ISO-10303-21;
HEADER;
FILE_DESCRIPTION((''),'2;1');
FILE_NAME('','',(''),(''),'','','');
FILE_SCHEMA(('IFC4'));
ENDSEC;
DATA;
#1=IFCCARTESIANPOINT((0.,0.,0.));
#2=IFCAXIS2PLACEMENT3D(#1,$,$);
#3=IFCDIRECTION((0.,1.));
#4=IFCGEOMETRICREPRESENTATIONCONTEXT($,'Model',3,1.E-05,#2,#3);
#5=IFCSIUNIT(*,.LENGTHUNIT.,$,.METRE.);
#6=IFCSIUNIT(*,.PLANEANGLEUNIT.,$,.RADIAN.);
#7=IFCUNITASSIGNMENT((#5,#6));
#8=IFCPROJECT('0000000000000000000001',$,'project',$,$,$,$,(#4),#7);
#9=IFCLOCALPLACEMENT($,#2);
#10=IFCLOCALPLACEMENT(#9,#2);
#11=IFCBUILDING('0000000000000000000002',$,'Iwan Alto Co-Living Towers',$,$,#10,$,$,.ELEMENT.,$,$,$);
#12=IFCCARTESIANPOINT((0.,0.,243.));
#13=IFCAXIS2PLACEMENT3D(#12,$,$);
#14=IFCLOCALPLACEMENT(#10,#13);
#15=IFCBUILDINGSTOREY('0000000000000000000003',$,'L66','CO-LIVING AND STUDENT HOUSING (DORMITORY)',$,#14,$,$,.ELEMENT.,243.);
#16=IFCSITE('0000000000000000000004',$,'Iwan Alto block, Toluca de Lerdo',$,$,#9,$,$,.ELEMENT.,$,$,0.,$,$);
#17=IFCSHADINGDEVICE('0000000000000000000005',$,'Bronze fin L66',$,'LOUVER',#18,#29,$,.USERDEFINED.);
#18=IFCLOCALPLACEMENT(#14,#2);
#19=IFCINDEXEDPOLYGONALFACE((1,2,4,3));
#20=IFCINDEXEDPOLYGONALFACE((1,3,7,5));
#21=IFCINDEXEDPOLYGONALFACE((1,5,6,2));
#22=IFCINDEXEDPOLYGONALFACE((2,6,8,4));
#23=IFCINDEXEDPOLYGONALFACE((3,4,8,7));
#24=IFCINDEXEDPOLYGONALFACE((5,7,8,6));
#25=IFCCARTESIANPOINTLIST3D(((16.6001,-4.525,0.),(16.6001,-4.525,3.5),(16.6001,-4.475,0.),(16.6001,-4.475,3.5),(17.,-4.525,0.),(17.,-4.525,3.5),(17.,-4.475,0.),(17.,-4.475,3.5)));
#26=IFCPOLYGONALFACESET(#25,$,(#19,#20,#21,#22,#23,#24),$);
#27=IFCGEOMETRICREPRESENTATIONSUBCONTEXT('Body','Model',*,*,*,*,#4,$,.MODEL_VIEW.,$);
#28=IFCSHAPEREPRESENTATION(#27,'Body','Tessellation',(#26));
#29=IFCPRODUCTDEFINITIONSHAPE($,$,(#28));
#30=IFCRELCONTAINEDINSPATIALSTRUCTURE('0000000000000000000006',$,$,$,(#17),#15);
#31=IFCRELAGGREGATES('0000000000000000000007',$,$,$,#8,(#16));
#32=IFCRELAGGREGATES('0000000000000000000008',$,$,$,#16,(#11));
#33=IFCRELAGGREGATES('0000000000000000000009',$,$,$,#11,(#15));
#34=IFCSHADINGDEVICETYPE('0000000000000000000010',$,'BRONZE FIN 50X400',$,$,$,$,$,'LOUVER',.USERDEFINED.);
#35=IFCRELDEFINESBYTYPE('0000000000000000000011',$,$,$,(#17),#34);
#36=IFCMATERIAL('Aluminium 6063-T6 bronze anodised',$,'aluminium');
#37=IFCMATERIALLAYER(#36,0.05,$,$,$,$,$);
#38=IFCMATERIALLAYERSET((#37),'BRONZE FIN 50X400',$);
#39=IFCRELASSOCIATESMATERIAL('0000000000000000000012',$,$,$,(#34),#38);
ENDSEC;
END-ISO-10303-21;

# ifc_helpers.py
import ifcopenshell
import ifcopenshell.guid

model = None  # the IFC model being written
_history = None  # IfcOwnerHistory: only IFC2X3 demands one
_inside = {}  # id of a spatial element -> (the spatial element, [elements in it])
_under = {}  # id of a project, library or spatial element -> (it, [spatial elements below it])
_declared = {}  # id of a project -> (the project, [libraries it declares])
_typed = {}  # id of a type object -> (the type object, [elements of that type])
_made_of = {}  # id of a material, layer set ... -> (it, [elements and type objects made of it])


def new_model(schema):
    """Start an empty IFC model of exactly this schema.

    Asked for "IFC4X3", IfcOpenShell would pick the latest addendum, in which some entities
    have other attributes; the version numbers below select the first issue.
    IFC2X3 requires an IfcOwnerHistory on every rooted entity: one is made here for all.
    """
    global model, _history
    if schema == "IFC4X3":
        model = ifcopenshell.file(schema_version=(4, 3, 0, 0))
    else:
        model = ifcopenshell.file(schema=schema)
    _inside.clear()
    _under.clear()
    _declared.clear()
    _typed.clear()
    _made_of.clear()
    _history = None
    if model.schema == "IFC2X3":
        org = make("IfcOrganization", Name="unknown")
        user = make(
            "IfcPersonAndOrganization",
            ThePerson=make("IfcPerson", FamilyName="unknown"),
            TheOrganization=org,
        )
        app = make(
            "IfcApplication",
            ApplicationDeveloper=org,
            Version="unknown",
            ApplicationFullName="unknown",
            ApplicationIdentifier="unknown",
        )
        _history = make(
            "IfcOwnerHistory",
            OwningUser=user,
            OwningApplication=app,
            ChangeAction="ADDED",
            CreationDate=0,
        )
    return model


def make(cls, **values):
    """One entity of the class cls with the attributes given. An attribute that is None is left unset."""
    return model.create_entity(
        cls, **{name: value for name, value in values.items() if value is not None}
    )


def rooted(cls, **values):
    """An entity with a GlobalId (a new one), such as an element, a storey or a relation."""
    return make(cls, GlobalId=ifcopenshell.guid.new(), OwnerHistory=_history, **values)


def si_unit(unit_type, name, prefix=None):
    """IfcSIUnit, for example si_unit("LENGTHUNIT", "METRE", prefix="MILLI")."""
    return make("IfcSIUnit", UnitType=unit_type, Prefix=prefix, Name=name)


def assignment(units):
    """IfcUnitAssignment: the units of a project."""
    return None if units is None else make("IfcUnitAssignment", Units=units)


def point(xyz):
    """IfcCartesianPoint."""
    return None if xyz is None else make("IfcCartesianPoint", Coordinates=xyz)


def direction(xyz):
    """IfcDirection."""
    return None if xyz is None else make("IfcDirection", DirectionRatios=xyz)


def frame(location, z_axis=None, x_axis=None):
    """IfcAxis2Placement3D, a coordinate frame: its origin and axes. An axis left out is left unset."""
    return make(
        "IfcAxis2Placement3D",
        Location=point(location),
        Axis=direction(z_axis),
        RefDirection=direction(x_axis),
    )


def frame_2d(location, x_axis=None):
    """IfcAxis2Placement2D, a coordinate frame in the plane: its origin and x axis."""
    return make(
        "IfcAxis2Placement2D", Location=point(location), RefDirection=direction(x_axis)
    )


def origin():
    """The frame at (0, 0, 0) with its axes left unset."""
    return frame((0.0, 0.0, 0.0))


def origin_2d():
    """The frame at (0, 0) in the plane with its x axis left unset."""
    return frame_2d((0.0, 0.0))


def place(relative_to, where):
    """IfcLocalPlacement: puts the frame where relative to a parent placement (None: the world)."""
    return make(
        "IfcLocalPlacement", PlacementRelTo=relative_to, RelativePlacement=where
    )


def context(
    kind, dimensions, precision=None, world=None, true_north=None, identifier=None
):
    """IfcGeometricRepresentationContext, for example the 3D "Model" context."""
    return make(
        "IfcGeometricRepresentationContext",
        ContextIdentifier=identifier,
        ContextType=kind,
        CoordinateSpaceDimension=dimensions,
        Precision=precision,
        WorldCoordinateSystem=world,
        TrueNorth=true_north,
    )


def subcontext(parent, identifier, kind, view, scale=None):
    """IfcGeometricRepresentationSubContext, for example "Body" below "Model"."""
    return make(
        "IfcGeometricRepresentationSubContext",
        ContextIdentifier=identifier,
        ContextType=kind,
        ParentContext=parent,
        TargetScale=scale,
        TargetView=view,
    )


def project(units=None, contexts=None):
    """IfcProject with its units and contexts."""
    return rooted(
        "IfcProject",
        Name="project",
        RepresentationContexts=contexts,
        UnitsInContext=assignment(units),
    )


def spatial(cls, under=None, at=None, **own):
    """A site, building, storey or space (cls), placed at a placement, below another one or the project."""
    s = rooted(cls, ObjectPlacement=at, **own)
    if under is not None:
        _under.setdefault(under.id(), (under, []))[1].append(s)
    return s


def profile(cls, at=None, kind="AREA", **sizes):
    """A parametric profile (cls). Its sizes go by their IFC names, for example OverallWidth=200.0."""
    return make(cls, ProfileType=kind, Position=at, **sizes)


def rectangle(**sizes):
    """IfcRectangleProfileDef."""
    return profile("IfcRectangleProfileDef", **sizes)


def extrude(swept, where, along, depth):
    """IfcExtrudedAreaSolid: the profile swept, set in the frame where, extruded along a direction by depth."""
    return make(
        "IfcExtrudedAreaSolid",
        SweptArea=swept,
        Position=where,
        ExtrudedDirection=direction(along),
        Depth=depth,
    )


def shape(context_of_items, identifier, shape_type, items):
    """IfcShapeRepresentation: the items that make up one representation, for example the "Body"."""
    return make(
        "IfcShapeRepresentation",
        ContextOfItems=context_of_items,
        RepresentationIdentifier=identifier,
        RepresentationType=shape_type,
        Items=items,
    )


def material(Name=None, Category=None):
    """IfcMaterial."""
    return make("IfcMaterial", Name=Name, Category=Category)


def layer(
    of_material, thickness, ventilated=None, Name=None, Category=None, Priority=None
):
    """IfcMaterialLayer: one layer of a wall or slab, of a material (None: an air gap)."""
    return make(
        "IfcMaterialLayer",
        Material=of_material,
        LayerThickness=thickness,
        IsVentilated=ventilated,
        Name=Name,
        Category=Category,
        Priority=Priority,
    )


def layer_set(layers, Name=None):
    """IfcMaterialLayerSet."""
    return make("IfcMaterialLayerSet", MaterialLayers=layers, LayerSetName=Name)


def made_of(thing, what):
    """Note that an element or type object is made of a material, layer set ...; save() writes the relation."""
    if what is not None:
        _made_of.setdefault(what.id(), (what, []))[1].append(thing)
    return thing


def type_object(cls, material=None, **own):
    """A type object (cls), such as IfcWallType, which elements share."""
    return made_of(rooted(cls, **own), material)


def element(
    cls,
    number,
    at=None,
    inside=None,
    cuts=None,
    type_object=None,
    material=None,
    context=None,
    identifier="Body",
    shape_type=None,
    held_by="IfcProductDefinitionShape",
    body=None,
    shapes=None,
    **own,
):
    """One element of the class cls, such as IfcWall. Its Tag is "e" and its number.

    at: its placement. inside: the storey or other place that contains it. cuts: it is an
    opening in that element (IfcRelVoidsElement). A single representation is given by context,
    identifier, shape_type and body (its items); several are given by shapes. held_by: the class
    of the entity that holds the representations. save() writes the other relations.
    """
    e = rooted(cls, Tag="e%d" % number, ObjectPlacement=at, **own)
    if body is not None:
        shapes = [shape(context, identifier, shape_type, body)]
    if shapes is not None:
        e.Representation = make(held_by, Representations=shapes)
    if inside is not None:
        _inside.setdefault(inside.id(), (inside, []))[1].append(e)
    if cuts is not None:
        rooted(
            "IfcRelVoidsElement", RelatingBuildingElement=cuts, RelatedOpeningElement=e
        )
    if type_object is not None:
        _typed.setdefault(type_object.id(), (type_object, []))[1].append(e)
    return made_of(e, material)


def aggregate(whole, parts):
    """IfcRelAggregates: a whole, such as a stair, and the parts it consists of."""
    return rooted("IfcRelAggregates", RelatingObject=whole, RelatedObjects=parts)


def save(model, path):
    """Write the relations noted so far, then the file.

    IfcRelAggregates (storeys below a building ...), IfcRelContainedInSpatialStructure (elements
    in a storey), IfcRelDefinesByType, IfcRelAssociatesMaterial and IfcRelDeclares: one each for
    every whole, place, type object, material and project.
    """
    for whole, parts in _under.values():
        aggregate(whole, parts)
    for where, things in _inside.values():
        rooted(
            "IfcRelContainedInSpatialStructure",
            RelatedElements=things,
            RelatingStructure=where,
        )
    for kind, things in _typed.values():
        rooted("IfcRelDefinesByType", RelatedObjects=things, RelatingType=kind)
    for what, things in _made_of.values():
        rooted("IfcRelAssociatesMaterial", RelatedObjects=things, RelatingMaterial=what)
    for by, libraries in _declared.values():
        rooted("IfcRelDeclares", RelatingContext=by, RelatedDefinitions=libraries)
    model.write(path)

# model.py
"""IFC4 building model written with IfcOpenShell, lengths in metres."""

from ifc_helpers import new_model, si_unit, direction, frame, origin, origin_2d, place, context, subcontext, project, spatial, rectangle, extrude, material, layer, layer_set, type_object, element, save


model = new_model("IFC4")

# Units and contexts
model_context = context("Model", 3, precision=1e-05, world=origin(), true_north=direction((0.0, 1.0)))
body_context = subcontext(model_context, "Body", "Model", "MODEL_VIEW")
ifc_project = project(units=[si_unit("LENGTHUNIT", "METRE"), si_unit("PLANEANGLEUNIT", "RADIAN")], contexts=[model_context])

# Site, building, storey
site_placement = place(None, origin())
site = spatial("IfcSite", under=ifc_project, at=site_placement, Name="Iwan Alto block, Toluca de Lerdo", CompositionType="ELEMENT", RefElevation=0.0)
building_placement = place(site_placement, origin())
building = spatial("IfcBuilding", under=site, at=building_placement, Name="Iwan Alto Co-Living Towers", CompositionType="ELEMENT")
storey_placement = place(building_placement, frame((0.0, 0.0, 243.0)))
storey = spatial("IfcBuildingStorey", under=building, at=storey_placement, Name="L66", Description="CO-LIVING AND STUDENT HOUSING (DORMITORY)", CompositionType="ELEMENT", Elevation=243.0)

# Shading device
ifc_material_1 = material(Name="Aluminium 6063-T6 bronze anodised", Category="aluminium")
ifc_layer_1 = layer(ifc_material_1, 0.05)
ifc_layer_set_1 = layer_set([ifc_layer_1], Name="BRONZE FIN 50X400")
shading_device_type = type_object("IfcShadingDeviceType", Name="BRONZE FIN 50X400", ElementType="LOUVER", PredefinedType="USERDEFINED", material=ifc_layer_set_1)
shading_device_placement = place(storey_placement, frame((16.8, -4.5, 0.0), z_axis=(0.0, 0.0, 1.0), x_axis=(0.0, 1.0, 0.0)))
element("IfcShadingDevice", 1, at=shading_device_placement, inside=storey, type_object=shading_device_type, Name="Bronze fin L66", ObjectType="LOUVER", PredefinedType="USERDEFINED", context=body_context, shape_type="SweptSolid", body=[
    extrude(rectangle(XDim=0.05, YDim=0.3999, at=origin_2d()), origin(), (0.0, 0.0, 1.0), 3.5),
])

save(model, "model.ifc")
